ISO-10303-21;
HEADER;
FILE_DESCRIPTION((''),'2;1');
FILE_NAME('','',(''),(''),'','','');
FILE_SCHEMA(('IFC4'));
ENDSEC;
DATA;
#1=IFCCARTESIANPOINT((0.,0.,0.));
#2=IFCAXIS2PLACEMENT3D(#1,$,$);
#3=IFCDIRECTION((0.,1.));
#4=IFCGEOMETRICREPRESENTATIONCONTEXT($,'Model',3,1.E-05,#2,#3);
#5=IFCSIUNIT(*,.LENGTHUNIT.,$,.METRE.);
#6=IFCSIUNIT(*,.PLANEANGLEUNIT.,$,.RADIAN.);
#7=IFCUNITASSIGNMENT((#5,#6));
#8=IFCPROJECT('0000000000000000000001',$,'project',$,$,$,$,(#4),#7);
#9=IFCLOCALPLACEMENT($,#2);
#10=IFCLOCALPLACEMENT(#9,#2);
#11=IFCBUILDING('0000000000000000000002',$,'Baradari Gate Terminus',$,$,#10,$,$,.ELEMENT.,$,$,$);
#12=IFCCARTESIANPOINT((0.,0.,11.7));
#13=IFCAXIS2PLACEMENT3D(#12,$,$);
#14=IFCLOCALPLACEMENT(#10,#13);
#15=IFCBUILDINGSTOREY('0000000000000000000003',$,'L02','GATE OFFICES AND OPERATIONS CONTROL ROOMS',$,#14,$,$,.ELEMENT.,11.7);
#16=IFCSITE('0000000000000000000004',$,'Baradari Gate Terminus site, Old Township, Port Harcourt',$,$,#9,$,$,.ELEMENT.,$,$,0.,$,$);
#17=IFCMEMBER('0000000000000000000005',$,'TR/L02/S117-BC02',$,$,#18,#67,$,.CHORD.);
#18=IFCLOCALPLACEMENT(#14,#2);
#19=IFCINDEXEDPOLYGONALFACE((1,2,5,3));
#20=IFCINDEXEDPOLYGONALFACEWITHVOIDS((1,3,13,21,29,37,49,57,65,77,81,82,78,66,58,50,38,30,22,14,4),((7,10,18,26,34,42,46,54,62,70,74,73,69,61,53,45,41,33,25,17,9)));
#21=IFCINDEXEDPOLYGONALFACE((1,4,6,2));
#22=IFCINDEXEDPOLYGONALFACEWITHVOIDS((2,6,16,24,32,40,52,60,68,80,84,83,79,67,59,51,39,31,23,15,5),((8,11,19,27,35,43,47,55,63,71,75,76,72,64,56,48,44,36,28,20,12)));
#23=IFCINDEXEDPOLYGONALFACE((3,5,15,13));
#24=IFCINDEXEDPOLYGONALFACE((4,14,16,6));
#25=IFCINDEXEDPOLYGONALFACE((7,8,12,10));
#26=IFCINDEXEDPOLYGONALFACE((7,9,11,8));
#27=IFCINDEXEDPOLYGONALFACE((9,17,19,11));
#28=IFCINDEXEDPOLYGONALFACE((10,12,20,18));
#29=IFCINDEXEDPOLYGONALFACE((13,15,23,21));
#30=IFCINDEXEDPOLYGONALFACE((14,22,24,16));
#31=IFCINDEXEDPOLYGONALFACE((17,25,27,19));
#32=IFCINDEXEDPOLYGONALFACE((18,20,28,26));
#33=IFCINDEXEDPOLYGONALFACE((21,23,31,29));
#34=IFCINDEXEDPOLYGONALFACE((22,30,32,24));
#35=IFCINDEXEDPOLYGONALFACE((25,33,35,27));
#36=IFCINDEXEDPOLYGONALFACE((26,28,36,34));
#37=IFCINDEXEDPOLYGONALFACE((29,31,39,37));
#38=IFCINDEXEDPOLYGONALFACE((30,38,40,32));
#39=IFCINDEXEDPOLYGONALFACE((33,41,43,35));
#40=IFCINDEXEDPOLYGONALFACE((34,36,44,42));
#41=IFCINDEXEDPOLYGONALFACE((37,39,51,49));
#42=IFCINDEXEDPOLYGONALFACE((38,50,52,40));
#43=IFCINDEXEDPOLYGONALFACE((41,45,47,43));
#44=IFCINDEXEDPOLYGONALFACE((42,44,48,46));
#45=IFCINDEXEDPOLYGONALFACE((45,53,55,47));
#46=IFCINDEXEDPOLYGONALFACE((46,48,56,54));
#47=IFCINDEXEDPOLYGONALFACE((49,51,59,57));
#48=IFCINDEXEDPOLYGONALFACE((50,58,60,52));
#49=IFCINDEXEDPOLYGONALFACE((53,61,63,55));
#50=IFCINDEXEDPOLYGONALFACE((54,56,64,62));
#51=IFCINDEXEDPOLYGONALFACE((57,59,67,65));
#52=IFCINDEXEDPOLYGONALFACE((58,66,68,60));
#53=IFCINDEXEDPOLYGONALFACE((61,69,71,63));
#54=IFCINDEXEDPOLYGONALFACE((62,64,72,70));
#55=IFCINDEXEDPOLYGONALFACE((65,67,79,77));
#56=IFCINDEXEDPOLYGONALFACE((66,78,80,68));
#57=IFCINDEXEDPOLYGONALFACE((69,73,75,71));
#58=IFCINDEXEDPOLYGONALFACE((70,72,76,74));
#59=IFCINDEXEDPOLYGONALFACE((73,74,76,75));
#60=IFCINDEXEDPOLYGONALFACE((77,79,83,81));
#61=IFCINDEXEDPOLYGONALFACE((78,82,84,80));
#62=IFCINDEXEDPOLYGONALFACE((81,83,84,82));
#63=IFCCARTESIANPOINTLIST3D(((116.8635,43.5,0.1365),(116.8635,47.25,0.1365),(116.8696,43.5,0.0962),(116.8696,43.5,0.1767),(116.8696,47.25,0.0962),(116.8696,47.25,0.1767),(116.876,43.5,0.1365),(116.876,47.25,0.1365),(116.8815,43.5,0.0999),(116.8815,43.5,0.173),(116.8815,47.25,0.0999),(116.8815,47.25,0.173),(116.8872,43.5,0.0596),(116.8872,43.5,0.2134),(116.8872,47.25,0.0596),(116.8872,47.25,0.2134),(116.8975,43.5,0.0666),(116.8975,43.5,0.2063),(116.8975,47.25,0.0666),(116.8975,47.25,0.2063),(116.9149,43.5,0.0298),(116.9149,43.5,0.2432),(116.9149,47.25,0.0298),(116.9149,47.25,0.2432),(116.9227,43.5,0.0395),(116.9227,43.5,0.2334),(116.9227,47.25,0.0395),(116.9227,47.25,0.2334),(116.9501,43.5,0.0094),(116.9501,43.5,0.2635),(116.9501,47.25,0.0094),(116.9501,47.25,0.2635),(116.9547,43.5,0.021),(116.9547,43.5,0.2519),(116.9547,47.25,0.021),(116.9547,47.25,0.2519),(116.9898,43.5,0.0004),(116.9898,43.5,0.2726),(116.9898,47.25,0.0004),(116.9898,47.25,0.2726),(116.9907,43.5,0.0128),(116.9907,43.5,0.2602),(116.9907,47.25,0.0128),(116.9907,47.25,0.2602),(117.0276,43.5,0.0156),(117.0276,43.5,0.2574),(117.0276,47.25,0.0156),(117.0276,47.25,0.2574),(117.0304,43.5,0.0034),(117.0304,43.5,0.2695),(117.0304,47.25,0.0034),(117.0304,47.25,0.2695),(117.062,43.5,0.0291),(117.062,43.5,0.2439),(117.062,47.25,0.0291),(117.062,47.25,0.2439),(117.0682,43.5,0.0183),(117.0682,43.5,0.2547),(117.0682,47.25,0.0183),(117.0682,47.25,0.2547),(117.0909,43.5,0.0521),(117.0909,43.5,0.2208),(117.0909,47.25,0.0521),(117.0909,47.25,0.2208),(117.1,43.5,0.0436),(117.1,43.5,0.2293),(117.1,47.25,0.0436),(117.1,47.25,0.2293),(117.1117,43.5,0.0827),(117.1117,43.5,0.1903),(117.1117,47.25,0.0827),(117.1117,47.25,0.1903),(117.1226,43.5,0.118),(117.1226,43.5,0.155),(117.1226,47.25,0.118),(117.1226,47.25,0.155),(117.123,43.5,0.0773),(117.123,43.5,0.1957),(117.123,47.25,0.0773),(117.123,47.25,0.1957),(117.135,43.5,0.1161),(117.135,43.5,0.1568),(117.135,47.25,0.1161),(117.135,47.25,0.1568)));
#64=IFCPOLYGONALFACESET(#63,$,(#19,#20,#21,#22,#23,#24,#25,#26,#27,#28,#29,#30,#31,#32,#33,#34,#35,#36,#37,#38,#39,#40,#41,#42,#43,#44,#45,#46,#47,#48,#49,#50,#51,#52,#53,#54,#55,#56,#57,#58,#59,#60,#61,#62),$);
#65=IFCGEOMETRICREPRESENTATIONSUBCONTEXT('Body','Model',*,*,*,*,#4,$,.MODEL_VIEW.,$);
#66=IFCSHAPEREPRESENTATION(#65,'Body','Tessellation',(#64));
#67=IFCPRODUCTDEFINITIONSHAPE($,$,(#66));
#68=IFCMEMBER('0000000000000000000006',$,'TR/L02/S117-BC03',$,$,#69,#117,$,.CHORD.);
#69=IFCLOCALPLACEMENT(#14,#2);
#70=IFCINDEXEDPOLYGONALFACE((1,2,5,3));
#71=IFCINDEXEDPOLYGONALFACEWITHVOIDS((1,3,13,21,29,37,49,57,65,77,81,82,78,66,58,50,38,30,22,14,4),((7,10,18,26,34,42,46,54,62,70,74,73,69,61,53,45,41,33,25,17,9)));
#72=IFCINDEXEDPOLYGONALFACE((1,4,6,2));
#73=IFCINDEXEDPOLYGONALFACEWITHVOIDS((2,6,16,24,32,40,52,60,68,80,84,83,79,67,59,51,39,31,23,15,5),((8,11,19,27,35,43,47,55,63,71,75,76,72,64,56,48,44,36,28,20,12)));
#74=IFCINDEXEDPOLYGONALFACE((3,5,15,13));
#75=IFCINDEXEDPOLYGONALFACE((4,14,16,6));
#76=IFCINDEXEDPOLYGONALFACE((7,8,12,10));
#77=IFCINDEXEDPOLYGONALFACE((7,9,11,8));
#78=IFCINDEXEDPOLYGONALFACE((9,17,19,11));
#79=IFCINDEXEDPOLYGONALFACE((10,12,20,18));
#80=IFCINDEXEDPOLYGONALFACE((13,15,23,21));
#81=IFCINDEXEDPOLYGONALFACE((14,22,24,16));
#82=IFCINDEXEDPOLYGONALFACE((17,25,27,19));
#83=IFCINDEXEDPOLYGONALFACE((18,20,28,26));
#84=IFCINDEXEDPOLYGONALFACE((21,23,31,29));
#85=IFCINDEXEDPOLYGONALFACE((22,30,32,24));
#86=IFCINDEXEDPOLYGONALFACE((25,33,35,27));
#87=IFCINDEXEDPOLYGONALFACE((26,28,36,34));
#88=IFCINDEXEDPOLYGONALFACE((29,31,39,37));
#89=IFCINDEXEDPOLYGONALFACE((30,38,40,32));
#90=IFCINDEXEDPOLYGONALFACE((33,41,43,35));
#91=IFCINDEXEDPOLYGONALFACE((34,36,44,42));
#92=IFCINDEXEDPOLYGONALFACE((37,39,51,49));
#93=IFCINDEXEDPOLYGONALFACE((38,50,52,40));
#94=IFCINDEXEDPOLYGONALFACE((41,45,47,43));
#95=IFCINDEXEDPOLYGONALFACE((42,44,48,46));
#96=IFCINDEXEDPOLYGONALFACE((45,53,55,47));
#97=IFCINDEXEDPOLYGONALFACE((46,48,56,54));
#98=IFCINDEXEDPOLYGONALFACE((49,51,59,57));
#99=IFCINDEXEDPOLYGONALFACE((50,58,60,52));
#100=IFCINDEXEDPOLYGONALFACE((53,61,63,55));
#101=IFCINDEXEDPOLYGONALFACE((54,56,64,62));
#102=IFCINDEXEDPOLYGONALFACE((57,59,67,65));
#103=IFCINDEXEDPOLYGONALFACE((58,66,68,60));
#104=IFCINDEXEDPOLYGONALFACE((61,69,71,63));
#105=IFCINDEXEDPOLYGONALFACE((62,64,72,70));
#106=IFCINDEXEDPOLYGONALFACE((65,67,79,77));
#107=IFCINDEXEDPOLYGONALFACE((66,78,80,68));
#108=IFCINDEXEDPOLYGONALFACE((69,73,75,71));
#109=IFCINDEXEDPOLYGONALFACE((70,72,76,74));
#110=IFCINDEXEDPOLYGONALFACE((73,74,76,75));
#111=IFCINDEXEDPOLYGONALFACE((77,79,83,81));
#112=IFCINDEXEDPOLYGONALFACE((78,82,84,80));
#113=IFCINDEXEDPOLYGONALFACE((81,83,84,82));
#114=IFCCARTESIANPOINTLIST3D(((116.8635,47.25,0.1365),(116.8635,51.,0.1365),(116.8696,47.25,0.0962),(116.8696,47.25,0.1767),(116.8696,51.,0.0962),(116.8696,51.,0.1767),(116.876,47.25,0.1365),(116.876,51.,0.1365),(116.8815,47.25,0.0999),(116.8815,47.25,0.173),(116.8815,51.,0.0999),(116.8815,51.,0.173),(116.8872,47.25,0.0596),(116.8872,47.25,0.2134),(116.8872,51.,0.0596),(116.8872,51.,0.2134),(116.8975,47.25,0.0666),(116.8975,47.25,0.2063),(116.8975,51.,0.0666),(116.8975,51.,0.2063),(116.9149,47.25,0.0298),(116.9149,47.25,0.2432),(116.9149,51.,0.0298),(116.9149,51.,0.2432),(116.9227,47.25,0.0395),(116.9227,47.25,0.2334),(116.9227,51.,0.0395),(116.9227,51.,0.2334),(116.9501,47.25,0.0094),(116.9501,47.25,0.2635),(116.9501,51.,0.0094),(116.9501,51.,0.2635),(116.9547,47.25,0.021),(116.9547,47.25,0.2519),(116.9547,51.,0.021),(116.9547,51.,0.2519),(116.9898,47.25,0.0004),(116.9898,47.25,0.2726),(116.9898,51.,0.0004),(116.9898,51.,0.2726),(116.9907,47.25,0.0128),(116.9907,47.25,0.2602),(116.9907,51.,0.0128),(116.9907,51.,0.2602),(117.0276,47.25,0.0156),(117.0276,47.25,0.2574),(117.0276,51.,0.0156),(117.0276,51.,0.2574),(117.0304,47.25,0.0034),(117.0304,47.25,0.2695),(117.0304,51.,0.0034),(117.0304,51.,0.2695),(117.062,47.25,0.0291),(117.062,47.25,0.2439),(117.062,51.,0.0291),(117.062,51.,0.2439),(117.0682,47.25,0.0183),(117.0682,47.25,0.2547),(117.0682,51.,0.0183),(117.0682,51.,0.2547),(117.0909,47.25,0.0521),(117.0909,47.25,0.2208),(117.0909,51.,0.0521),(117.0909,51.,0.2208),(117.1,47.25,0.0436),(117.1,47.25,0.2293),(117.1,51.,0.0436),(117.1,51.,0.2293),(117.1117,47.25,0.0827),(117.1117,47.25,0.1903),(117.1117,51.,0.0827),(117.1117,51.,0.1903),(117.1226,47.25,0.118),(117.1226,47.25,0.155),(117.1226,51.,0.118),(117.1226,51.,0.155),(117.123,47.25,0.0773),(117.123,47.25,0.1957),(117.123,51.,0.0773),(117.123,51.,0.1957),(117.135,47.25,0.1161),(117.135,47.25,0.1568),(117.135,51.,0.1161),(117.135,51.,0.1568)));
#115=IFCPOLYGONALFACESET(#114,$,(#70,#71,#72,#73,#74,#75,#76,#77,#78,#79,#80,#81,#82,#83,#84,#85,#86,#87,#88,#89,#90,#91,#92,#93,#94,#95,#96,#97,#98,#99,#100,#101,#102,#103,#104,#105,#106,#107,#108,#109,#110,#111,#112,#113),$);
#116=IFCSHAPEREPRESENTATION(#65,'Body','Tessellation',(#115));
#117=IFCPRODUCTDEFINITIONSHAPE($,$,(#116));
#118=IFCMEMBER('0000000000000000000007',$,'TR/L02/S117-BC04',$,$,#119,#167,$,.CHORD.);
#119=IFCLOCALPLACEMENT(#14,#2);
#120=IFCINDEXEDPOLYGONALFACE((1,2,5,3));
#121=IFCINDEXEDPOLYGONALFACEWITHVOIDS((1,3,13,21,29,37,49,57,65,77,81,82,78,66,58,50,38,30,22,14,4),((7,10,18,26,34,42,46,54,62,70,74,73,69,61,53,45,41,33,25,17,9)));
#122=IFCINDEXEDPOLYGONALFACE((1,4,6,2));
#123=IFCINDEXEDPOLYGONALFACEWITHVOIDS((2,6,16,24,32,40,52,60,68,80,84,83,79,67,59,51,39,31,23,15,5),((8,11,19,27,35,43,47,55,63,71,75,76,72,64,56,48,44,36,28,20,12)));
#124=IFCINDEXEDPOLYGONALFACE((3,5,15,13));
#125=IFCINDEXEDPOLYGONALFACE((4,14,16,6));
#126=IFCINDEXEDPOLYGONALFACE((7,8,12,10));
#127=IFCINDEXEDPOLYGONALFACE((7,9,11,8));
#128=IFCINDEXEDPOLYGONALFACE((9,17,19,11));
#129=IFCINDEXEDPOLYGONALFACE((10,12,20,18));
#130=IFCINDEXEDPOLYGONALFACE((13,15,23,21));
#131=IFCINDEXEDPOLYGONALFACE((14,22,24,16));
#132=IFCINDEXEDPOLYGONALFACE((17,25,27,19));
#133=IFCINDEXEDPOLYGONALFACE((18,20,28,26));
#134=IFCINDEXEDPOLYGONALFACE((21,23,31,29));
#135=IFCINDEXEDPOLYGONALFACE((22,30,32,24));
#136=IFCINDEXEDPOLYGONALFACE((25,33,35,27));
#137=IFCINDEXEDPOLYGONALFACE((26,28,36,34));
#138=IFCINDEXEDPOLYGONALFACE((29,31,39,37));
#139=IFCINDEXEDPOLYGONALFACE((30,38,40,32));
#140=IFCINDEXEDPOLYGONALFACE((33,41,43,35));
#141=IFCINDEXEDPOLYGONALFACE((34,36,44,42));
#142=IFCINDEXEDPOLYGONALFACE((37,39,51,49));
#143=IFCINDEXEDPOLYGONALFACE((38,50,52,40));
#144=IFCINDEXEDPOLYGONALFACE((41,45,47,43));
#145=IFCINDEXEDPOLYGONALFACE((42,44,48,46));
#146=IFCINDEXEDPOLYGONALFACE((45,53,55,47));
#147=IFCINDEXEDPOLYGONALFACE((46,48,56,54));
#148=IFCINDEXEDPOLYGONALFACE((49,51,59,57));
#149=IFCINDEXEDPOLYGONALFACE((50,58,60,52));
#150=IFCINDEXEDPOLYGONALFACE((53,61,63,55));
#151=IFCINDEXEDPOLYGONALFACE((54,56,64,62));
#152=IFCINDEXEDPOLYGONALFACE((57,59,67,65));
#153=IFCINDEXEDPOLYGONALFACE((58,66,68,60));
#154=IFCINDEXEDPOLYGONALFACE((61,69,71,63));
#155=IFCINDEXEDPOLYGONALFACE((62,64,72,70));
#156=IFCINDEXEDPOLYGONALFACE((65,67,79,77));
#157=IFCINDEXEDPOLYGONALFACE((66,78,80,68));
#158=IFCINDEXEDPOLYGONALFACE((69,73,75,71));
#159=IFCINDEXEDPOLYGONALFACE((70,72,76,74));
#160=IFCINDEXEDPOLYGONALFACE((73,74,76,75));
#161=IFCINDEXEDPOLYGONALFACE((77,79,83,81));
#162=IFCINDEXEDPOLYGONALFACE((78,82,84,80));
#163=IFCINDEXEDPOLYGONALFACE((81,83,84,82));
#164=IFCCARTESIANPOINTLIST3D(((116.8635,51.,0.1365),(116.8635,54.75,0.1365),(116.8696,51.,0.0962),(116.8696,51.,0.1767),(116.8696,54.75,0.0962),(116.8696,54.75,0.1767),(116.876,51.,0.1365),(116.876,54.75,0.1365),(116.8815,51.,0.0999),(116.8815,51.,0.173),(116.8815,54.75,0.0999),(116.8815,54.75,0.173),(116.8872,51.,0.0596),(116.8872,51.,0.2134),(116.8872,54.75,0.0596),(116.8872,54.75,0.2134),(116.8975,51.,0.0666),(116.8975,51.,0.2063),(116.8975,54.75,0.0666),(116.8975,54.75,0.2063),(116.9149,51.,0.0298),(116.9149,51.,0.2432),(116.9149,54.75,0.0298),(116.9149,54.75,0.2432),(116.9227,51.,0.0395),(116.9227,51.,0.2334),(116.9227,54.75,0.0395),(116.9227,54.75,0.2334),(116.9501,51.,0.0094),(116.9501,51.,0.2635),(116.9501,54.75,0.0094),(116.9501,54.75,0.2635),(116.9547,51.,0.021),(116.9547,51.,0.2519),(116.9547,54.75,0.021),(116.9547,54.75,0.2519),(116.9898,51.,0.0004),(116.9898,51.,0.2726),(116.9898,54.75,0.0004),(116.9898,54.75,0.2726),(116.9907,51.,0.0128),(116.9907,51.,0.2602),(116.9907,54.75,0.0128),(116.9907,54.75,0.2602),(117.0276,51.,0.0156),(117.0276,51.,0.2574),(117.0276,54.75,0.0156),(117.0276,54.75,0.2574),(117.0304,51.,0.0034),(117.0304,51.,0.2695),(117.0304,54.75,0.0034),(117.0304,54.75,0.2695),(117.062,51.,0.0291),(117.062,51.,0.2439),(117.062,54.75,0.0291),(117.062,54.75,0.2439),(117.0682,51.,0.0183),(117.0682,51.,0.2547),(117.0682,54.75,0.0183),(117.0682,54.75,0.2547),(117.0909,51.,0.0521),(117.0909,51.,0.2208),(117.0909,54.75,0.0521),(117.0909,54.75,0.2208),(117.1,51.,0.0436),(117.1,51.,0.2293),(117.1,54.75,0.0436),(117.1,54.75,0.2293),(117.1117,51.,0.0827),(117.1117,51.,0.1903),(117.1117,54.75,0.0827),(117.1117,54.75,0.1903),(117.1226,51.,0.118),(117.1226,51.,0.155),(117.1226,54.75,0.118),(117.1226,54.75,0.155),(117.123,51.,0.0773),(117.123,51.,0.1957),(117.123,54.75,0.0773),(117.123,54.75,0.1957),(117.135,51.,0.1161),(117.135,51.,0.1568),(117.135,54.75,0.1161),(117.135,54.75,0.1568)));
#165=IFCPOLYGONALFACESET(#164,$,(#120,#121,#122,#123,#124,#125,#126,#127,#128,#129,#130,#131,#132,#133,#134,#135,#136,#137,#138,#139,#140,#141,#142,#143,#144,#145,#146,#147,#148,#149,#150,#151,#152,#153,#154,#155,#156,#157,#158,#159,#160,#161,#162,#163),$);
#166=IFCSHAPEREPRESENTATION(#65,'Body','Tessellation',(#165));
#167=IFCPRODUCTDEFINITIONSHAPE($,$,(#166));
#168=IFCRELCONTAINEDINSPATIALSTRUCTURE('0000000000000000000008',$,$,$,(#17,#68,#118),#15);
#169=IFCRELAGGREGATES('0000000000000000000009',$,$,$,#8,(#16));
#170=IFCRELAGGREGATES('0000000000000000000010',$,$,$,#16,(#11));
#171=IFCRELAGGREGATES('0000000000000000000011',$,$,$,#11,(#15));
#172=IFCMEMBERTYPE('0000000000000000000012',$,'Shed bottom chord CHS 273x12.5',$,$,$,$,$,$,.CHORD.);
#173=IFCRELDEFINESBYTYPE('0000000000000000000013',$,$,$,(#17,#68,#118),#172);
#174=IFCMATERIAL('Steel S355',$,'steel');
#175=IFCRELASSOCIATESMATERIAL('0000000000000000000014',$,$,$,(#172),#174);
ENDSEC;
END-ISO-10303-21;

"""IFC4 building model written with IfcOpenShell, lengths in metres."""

from ifc_helpers import new_model, si_unit, direction, frame, origin, origin_2d, place, context, subcontext, project, spatial, hollow_circle, extrude, material, material_profile, profile_set, type_object, element, save


model = new_model("IFC4")

# Units and contexts
model_context = context("Model", 3, precision=1e-05, world=origin(), true_north=direction((0.0, 1.0)))
body_context = subcontext(model_context, "Body", "Model", "MODEL_VIEW")
ifc_project = project(units=[si_unit("LENGTHUNIT", "METRE"), si_unit("PLANEANGLEUNIT", "RADIAN")], contexts=[model_context])

# Site, building, storey
site_placement = place(None, origin())
site = spatial("IfcSite", under=ifc_project, at=site_placement, Name="Baradari Gate Terminus site, Old Township, Port Harcourt", CompositionType="ELEMENT", RefElevation=0.0)
building_placement = place(site_placement, origin())
building = spatial("IfcBuilding", under=site, at=building_placement, Name="Baradari Gate Terminus", CompositionType="ELEMENT")
storey_placement = place(building_placement, frame((0.0, 0.0, 11.7)))
storey = spatial("IfcBuildingStorey", under=building, at=storey_placement, Name="L02", Description="GATE OFFICES AND OPERATIONS CONTROL ROOMS", CompositionType="ELEMENT", Elevation=11.7)

# Members
ifc_material_1 = material(Name="Steel S355", Category="steel")
ifc_material_profile_1 = material_profile(ifc_material_1, hollow_circle(Radius=0.1365, WallThickness=0.0125, at=origin_2d()), Name="CHS 273x12.5")
ifc_profile_set_1 = profile_set([ifc_material_profile_1], Name="Steel S355")
member_type_1 = type_object("IfcMemberType", Name="Shed bottom chord CHS 273x12.5", PredefinedType="CHORD", material=ifc_profile_set_1)
for number, where, z_axis, x_axis, name in (
    (1, (117.0, 43.5, 0.1365), (0.0, 1.0, 0.0), (-1.0, 0.0, 0.0), "TR/L02/S117-BC02"),
    (2, (117.0, 47.25, 0.1365), (0.0, 1.0, 0.0), (-1.0, 0.0, 0.0), "TR/L02/S117-BC03"),
    (3, (117.0, 51.0, 0.1365), (0.0, 1.0, 0.0), (-1.0, 0.0, 0.0), "TR/L02/S117-BC04"),
):
    element("IfcMember", number, at=place(storey_placement, frame(where, z_axis=z_axis, x_axis=x_axis)), inside=storey, type_object=member_type_1, Name=name, PredefinedType="CHORD", context=body_context, shape_type="SweptSolid", body=[
        extrude(hollow_circle(Radius=0.1365, WallThickness=0.0125, at=origin_2d()), origin(), (0.0, 0.0, 1.0), 3.75),
    ])

save(model, "model.ifc")
